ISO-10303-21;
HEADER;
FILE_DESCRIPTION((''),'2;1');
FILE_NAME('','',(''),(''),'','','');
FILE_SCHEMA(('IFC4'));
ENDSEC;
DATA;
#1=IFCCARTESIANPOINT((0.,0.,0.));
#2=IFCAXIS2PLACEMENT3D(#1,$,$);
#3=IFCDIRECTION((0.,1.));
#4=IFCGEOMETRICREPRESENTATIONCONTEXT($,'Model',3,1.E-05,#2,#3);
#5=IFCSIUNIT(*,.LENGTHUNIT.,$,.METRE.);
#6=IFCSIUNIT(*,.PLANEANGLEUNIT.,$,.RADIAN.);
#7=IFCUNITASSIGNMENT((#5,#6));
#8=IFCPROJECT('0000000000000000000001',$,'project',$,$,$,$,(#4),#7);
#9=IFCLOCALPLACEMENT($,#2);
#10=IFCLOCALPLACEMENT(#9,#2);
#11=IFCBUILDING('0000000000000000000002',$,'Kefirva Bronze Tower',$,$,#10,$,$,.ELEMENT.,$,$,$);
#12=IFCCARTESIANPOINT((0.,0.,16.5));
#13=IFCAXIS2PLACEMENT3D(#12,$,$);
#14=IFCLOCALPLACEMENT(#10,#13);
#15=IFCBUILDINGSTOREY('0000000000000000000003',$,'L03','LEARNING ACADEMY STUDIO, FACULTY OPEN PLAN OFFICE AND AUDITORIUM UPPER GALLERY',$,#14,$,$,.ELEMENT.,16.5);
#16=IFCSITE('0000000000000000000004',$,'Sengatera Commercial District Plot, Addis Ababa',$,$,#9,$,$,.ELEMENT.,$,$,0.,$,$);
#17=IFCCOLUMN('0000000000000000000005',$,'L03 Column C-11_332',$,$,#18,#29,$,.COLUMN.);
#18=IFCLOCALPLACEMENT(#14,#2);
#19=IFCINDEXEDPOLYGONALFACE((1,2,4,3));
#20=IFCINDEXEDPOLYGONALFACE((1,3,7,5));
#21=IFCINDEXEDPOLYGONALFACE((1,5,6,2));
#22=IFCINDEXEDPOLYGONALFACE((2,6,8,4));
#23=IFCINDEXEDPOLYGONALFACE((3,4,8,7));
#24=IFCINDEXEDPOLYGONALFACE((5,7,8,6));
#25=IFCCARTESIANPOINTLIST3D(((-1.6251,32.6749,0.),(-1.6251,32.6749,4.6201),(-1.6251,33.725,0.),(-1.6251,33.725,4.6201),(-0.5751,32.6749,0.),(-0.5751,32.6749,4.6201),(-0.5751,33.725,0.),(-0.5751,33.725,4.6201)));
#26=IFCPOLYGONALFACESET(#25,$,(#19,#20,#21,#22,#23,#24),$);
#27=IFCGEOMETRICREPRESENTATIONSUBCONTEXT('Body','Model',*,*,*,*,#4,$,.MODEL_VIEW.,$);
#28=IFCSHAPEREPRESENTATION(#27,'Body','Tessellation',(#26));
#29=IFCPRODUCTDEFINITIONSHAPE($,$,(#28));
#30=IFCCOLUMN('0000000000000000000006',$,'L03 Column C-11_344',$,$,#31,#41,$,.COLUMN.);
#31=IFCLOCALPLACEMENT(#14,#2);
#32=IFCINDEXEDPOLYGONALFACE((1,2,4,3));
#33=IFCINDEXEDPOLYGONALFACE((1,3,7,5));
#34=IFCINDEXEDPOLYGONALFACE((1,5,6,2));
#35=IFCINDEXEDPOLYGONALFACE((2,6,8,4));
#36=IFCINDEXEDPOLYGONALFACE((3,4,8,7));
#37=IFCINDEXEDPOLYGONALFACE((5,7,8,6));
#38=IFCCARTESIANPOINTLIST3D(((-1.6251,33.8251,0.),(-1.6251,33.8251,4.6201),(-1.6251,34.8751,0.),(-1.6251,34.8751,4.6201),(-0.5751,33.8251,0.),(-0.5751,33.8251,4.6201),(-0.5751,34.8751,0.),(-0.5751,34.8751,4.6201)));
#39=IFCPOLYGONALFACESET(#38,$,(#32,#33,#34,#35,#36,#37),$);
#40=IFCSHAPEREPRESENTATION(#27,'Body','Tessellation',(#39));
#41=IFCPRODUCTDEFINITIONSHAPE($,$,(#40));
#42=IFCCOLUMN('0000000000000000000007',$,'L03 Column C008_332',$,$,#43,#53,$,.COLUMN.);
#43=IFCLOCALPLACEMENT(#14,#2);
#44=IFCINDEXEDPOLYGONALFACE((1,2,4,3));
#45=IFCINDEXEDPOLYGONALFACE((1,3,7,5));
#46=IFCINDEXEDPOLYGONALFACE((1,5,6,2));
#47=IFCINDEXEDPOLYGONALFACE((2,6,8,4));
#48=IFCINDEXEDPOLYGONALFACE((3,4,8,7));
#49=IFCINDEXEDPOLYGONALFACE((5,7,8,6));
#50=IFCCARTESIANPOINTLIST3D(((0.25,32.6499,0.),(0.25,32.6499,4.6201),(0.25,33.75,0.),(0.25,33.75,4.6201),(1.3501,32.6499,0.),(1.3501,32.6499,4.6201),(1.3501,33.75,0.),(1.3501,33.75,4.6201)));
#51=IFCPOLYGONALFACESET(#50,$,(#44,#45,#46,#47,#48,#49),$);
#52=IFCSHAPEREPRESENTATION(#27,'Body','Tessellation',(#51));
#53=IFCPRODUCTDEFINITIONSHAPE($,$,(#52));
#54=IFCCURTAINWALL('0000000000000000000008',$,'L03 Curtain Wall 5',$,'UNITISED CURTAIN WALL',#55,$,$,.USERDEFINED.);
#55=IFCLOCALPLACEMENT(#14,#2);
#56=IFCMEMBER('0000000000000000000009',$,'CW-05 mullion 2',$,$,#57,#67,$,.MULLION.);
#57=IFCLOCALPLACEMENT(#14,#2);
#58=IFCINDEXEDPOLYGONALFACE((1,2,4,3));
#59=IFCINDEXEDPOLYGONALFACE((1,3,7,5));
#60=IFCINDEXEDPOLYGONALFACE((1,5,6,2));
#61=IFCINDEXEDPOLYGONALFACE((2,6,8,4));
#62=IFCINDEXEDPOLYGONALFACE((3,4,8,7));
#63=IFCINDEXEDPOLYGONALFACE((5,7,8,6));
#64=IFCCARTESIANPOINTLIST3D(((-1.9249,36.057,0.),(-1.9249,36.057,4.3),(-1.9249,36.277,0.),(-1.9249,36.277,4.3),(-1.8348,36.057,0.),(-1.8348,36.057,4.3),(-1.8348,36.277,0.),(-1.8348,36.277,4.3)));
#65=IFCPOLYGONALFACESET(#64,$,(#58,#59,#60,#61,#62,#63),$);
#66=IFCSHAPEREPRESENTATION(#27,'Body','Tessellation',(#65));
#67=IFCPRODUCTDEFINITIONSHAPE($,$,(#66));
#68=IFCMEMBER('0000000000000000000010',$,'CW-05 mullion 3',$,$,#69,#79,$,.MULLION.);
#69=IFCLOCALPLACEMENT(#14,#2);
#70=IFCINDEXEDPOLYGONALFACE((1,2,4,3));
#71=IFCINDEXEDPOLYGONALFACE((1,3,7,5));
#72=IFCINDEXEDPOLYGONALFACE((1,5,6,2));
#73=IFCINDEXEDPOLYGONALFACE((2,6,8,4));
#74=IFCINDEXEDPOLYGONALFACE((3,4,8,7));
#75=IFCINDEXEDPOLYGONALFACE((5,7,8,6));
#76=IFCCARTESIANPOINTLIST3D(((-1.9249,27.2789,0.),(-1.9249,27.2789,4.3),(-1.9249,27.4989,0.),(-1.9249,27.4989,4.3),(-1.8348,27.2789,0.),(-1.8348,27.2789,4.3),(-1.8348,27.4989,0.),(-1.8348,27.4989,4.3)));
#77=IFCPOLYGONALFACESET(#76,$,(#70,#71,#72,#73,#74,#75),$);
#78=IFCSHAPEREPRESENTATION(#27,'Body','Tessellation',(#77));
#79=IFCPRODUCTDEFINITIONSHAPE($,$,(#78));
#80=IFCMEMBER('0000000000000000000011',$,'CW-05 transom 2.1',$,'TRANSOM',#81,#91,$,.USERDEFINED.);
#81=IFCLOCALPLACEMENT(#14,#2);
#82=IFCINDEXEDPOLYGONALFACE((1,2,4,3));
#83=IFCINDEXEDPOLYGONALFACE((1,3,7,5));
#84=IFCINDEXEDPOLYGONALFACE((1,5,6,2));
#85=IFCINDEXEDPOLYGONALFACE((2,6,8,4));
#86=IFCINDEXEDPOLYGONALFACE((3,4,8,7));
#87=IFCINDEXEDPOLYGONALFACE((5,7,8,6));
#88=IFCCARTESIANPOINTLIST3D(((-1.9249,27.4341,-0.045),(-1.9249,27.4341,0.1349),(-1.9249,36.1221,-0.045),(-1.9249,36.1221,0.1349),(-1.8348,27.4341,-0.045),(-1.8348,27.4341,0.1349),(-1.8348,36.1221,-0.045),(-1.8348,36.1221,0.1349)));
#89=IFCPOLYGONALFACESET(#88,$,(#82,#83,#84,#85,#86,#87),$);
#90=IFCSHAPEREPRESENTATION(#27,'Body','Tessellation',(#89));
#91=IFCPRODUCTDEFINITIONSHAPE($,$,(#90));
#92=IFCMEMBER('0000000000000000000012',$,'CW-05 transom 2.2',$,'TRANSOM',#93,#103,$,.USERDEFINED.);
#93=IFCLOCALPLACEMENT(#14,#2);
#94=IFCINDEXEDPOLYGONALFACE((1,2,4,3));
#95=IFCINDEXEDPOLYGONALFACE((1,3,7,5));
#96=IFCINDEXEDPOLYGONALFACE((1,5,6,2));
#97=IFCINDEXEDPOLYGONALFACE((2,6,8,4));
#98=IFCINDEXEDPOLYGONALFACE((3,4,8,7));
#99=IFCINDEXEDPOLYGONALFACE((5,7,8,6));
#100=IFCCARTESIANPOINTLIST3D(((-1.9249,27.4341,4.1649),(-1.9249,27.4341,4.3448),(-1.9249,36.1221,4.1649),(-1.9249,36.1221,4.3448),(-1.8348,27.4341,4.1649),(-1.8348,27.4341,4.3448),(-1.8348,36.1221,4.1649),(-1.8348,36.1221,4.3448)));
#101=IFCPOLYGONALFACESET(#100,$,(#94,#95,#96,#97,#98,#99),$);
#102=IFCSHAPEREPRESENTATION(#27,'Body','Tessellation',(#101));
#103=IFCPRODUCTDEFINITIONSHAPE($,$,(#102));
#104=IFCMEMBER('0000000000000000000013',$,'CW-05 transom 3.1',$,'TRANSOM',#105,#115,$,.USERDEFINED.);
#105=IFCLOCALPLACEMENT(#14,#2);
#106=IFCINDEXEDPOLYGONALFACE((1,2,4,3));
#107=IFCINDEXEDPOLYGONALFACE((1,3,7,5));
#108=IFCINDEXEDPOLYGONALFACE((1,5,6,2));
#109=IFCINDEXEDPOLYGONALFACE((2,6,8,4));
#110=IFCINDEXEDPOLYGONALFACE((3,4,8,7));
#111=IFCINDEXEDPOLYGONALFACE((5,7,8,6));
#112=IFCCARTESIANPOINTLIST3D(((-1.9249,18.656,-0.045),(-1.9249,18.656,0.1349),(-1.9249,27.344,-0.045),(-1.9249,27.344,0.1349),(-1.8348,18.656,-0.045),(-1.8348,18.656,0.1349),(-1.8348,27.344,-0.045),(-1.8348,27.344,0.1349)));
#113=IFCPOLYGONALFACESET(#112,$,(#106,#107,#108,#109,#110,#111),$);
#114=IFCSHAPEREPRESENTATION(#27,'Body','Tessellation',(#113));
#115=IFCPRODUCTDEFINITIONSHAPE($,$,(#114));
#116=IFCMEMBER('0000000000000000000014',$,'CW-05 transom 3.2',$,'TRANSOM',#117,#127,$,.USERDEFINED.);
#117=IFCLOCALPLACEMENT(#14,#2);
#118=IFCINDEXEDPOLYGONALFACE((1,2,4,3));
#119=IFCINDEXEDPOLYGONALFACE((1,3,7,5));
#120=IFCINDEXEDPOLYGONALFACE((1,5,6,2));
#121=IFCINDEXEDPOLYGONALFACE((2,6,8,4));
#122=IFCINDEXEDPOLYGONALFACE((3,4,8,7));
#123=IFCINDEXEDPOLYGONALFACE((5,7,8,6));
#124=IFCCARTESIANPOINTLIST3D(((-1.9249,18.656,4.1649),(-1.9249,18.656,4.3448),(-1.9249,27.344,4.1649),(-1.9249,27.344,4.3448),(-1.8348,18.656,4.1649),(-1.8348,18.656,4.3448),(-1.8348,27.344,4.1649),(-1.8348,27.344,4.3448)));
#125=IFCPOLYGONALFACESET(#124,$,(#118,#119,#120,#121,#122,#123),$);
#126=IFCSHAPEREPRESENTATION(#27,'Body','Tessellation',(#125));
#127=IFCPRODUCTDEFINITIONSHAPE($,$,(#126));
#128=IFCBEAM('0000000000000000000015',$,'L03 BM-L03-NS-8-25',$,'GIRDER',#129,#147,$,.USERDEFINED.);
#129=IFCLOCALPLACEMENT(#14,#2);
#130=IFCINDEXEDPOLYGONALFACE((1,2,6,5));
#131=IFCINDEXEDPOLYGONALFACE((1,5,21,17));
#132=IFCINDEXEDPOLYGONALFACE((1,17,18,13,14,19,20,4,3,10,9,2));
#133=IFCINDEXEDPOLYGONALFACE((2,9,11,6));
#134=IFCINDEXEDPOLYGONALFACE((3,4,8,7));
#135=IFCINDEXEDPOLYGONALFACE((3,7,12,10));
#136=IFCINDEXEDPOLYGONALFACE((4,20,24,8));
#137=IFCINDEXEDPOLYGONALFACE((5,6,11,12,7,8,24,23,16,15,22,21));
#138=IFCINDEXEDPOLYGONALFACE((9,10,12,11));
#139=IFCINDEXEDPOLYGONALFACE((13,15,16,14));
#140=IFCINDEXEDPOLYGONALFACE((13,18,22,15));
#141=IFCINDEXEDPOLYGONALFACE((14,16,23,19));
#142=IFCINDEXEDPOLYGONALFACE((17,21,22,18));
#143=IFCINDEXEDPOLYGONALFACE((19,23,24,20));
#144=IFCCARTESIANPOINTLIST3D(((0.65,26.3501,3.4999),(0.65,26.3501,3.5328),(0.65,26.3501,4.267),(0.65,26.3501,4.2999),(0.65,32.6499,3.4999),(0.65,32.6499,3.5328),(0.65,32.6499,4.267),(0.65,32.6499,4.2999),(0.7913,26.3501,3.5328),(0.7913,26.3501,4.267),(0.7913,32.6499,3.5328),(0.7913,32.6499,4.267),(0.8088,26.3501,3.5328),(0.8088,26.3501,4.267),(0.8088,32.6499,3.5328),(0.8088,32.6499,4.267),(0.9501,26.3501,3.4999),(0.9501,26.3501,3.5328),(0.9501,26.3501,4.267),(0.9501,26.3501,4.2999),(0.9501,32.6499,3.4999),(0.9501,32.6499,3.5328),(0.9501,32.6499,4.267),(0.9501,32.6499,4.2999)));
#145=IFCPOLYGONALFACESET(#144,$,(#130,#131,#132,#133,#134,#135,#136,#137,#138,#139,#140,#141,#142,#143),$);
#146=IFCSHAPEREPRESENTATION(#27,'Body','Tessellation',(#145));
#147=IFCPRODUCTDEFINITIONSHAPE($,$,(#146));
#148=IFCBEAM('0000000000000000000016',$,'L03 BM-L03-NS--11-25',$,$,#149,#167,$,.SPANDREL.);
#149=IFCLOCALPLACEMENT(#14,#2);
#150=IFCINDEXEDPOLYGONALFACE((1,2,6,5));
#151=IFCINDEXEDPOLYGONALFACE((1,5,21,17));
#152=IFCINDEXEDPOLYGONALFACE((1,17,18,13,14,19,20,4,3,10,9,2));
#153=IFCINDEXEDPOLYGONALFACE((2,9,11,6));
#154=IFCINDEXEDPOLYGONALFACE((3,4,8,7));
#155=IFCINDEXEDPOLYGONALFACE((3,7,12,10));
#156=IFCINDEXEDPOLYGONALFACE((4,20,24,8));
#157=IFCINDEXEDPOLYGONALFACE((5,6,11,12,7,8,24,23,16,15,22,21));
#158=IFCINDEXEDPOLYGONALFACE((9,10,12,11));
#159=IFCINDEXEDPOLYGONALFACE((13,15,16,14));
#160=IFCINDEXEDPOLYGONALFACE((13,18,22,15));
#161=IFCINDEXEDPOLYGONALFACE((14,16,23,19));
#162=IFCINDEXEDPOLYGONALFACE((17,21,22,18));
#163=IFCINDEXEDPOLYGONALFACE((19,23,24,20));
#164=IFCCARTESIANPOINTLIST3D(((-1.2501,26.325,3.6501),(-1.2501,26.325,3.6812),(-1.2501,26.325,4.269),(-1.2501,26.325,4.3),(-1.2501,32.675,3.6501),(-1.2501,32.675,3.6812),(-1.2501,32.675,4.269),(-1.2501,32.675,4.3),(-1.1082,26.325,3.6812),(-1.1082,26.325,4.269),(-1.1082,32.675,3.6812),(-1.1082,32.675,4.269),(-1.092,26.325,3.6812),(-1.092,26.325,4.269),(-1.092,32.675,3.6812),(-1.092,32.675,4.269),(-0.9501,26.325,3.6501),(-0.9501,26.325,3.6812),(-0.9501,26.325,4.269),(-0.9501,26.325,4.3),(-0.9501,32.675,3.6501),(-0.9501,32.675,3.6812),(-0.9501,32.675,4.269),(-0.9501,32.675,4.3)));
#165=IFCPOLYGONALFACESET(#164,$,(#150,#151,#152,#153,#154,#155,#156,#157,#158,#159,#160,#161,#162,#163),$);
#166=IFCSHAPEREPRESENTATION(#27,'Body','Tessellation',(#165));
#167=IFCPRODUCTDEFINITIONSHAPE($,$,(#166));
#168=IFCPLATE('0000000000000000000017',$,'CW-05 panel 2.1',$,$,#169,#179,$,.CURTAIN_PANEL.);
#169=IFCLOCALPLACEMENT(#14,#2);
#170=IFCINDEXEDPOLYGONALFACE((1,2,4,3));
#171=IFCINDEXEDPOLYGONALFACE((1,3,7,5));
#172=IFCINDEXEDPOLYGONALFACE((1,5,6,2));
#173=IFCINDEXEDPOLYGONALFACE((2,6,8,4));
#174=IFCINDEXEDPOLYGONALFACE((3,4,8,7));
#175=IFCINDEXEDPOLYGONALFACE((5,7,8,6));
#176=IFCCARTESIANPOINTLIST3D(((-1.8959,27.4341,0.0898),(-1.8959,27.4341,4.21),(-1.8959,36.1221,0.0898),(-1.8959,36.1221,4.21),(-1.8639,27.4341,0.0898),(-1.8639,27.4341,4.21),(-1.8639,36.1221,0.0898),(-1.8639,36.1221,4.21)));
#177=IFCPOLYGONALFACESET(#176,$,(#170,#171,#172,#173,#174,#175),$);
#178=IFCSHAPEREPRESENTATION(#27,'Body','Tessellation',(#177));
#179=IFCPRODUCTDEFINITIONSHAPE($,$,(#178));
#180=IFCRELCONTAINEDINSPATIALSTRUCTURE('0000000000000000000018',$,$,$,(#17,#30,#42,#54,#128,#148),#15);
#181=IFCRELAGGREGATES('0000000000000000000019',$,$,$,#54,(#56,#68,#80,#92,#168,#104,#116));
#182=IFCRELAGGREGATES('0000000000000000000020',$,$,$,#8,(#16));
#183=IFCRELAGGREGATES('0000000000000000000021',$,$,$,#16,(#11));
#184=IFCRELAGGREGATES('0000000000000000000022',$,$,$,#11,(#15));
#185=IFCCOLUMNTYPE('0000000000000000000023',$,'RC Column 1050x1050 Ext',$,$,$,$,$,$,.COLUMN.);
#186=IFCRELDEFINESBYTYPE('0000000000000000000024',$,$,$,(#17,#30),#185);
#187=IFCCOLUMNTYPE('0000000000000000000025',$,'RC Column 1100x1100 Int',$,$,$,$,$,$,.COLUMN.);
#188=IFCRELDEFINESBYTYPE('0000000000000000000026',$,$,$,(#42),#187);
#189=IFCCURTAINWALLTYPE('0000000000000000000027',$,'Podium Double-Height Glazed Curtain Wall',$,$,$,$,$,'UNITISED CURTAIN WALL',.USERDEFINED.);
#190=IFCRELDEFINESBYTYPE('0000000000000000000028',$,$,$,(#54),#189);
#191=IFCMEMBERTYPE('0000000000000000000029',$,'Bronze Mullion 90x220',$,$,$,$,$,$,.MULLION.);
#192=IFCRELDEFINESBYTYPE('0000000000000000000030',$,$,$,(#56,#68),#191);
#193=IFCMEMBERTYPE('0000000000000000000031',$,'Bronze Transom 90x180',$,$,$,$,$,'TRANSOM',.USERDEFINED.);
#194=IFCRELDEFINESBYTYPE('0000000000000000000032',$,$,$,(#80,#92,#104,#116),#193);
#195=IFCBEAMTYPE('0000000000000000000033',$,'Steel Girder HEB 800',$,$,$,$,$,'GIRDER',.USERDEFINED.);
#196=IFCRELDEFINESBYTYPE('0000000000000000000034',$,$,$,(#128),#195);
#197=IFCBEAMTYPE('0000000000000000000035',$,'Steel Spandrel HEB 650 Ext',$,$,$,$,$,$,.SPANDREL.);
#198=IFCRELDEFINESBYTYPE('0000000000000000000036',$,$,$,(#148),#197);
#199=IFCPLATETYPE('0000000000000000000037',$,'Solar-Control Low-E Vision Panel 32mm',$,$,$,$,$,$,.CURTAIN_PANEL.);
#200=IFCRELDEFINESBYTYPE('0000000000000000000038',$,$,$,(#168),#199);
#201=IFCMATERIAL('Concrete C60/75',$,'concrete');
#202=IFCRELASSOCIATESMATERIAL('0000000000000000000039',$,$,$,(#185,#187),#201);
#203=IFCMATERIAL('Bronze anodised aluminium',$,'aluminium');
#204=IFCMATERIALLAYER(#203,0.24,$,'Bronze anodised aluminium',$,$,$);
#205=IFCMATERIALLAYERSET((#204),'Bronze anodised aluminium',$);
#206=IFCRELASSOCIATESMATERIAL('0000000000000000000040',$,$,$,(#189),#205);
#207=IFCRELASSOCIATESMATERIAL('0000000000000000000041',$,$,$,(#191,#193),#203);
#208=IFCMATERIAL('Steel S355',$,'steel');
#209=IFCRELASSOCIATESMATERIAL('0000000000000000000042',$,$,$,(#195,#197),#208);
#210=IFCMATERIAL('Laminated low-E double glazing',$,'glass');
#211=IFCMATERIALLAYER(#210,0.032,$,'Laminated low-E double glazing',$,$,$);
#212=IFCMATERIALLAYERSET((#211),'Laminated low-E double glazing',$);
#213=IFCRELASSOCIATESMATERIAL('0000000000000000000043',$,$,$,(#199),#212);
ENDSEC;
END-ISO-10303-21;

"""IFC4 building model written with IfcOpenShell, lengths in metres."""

from ifc_helpers import new_model, si_unit, direction, frame, origin, origin_2d, place, context, subcontext, project, spatial, rectangle, i_section, extrude, material, layer, layer_set, material_profile, profile_set, type_object, element, aggregate, save


model = new_model("IFC4")

# Units and contexts
model_context = context("Model", 3, precision=1e-05, world=origin(), true_north=direction((0.0, 1.0)))
body_context = subcontext(model_context, "Body", "Model", "MODEL_VIEW")
ifc_project = project(units=[si_unit("LENGTHUNIT", "METRE"), si_unit("PLANEANGLEUNIT", "RADIAN")], contexts=[model_context])

# Site, building, storey
site_placement = place(None, origin())
site = spatial("IfcSite", under=ifc_project, at=site_placement, Name="Sengatera Commercial District Plot, Addis Ababa", CompositionType="ELEMENT", RefElevation=0.0)
building_placement = place(site_placement, origin())
building = spatial("IfcBuilding", under=site, at=building_placement, Name="Kefirva Bronze Tower", CompositionType="ELEMENT")
storey_placement = place(building_placement, frame((0.0, 0.0, 16.5)))
storey = spatial("IfcBuildingStorey", under=building, at=storey_placement, Name="L03", Description="LEARNING ACADEMY STUDIO, FACULTY OPEN PLAN OFFICE AND AUDITORIUM UPPER GALLERY", CompositionType="ELEMENT", Elevation=16.5)

# Columns
ifc_material_1 = material(Name="Concrete C60/75", Category="concrete")
ifc_material_profile_1 = material_profile(ifc_material_1, rectangle(XDim=1.05, YDim=1.05, at=origin_2d()), Name="RC 1050x1050")
ifc_profile_set_1 = profile_set([ifc_material_profile_1], Name="Concrete C60/75")
column_type_1 = type_object("IfcColumnType", Name="RC Column 1050x1050 Ext", PredefinedType="COLUMN", material=ifc_profile_set_1)
for number, where, z_axis, x_axis, name in (
    (1, (-1.1001, 33.2, 0.0), (0.0, 0.0, 1.0), (1.0, 0.0, 0.0), "L03 Column C-11_332"),
    (2, (-1.1001, 34.3501, 0.0), (0.0, 0.0, 1.0), (1.0, 0.0, 0.0), "L03 Column C-11_344"),
):
    element("IfcColumn", number, at=place(storey_placement, frame(where, z_axis=z_axis, x_axis=x_axis)), inside=storey, type_object=column_type_1, Name=name, PredefinedType="COLUMN", context=body_context, shape_type="SweptSolid", body=[
        extrude(rectangle(XDim=1.05, YDim=1.05, at=origin_2d()), origin(), (0.0, 0.0, 1.0), 4.6201),
    ])
ifc_material_profile_2 = material_profile(ifc_material_1, rectangle(XDim=1.1001, YDim=1.1001, at=origin_2d()), Name="RC 1100x1100")
ifc_profile_set_2 = profile_set([ifc_material_profile_2], Name="Concrete C60/75")
column_type_2 = type_object("IfcColumnType", Name="RC Column 1100x1100 Int", PredefinedType="COLUMN", material=ifc_profile_set_2)
column_placement = place(storey_placement, frame((0.8, 33.2, 0.0), z_axis=(0.0, 0.0, 1.0), x_axis=(1.0, 0.0, 0.0)))
element("IfcColumn", 3, at=column_placement, inside=storey, type_object=column_type_2, Name="L03 Column C008_332", PredefinedType="COLUMN", context=body_context, shape_type="SweptSolid", body=[
    extrude(rectangle(XDim=1.1001, YDim=1.1001, at=origin_2d()), origin(), (0.0, 0.0, 1.0), 4.6201),
])

# Curtain wall, members
ifc_material_2 = material(Name="Bronze anodised aluminium", Category="aluminium")
ifc_layer_1 = layer(ifc_material_2, 0.24, Name="Bronze anodised aluminium")
ifc_layer_set_1 = layer_set([ifc_layer_1], Name="Bronze anodised aluminium")
curtain_wall_type = type_object("IfcCurtainWallType", Name="Podium Double-Height Glazed Curtain Wall", ElementType="UNITISED CURTAIN WALL", PredefinedType="USERDEFINED", material=ifc_layer_set_1)
curtain_wall_placement = place(storey_placement, origin())
curtain_wall = element("IfcCurtainWall", 4, at=curtain_wall_placement, inside=storey, type_object=curtain_wall_type, Name="L03 Curtain Wall 5", ObjectType="UNITISED CURTAIN WALL", PredefinedType="USERDEFINED")
ifc_material_profile_3 = material_profile(ifc_material_2, rectangle(XDim=0.0901, YDim=0.22, at=origin_2d()), Name="ALU 90x220")
ifc_profile_set_3 = profile_set([ifc_material_profile_3], Name="Bronze anodised aluminium")
member_type_1 = type_object("IfcMemberType", Name="Bronze Mullion 90x220", PredefinedType="MULLION", material=ifc_profile_set_3)
member_1_placement = place(storey_placement, frame((-1.8799, 36.167, 0.0), z_axis=(0.0, 0.0, 1.0), x_axis=(1.0, 0.0, 0.0)))
member_1 = element("IfcMember", 5, at=member_1_placement, type_object=member_type_1, Name="CW-05 mullion 2", PredefinedType="MULLION", context=body_context, shape_type="SweptSolid", body=[
    extrude(rectangle(XDim=0.0901, YDim=0.22, at=origin_2d()), origin(), (0.0, 0.0, 1.0), 4.3),
])
member_2_placement = place(storey_placement, frame((-1.8799, 27.3889, 0.0), z_axis=(0.0, 0.0, 1.0), x_axis=(1.0, 0.0, 0.0)))
member_2 = element("IfcMember", 6, at=member_2_placement, type_object=member_type_1, Name="CW-05 mullion 3", PredefinedType="MULLION", context=body_context, shape_type="SweptSolid", body=[
    extrude(rectangle(XDim=0.0901, YDim=0.22, at=origin_2d()), origin(), (0.0, 0.0, 1.0), 4.3),
])
ifc_material_profile_4 = material_profile(ifc_material_2, rectangle(XDim=0.0901, YDim=0.1799, at=origin_2d()), Name="ALU 90x180")
ifc_profile_set_4 = profile_set([ifc_material_profile_4], Name="Bronze anodised aluminium")
member_type_2 = type_object("IfcMemberType", Name="Bronze Transom 90x180", ElementType="TRANSOM", PredefinedType="USERDEFINED", material=ifc_profile_set_4)
member_3_placement = place(storey_placement, frame((-1.8799, 36.1221, 0.0449), z_axis=(0.0, -1.0, 0.0), x_axis=(1.0, 0.0, 0.0)))
member_3 = element("IfcMember", 7, at=member_3_placement, type_object=member_type_2, Name="CW-05 transom 2.1", ObjectType="TRANSOM", PredefinedType="USERDEFINED", context=body_context, shape_type="SweptSolid", body=[
    extrude(rectangle(XDim=0.0901, YDim=0.1799, at=origin_2d()), origin(), (0.0, 0.0, 1.0), 8.688),
])
member_4_placement = place(storey_placement, frame((-1.8799, 36.1221, 4.2549), z_axis=(0.0, -1.0, 0.0), x_axis=(1.0, 0.0, 0.0)))
member_4 = element("IfcMember", 8, at=member_4_placement, type_object=member_type_2, Name="CW-05 transom 2.2", ObjectType="TRANSOM", PredefinedType="USERDEFINED", context=body_context, shape_type="SweptSolid", body=[
    extrude(rectangle(XDim=0.0901, YDim=0.1799, at=origin_2d()), origin(), (0.0, 0.0, 1.0), 8.688),
])
member_5_placement = place(storey_placement, frame((-1.8799, 27.344, 0.0449), z_axis=(0.0, -1.0, 0.0), x_axis=(1.0, 0.0, 0.0)))
member_5 = element("IfcMember", 9, at=member_5_placement, type_object=member_type_2, Name="CW-05 transom 3.1", ObjectType="TRANSOM", PredefinedType="USERDEFINED", context=body_context, shape_type="SweptSolid", body=[
    extrude(rectangle(XDim=0.0901, YDim=0.1799, at=origin_2d()), origin(), (0.0, 0.0, 1.0), 8.688),
])
member_6_placement = place(storey_placement, frame((-1.8799, 27.344, 4.2549), z_axis=(0.0, -1.0, 0.0), x_axis=(1.0, 0.0, 0.0)))
member_6 = element("IfcMember", 10, at=member_6_placement, type_object=member_type_2, Name="CW-05 transom 3.2", ObjectType="TRANSOM", PredefinedType="USERDEFINED", context=body_context, shape_type="SweptSolid", body=[
    extrude(rectangle(XDim=0.0901, YDim=0.1799, at=origin_2d()), origin(), (0.0, 0.0, 1.0), 8.688),
])

# Beams
ifc_material_3 = material(Name="Steel S355", Category="steel")
ifc_material_profile_5 = material_profile(ifc_material_3, i_section(OverallWidth=0.3, OverallDepth=0.8, WebThickness=0.0176, FlangeThickness=0.033, at=origin_2d()), Name="HEB 800")
ifc_profile_set_5 = profile_set([ifc_material_profile_5], Name="Steel S355")
beam_type_1 = type_object("IfcBeamType", Name="Steel Girder HEB 800", ElementType="GIRDER", PredefinedType="USERDEFINED", material=ifc_profile_set_5)
beam_1_placement = place(storey_placement, frame((0.8, 26.3501, 3.8999), z_axis=(0.0, 1.0, 0.0), x_axis=(-1.0, 0.0, 0.0)))
element("IfcBeam", 11, at=beam_1_placement, inside=storey, type_object=beam_type_1, Name="L03 BM-L03-NS-8-25", ObjectType="GIRDER", PredefinedType="USERDEFINED", context=body_context, shape_type="SweptSolid", body=[
    extrude(i_section(OverallWidth=0.3, OverallDepth=0.8, WebThickness=0.0176, FlangeThickness=0.033, at=origin_2d()), origin(), (0.0, 0.0, 1.0), 6.2998),
])
ifc_material_profile_6 = material_profile(ifc_material_3, i_section(OverallWidth=0.3, OverallDepth=0.6499, WebThickness=0.0161, FlangeThickness=0.031, at=origin_2d()), Name="HEB 650")
ifc_profile_set_6 = profile_set([ifc_material_profile_6], Name="Steel S355")
beam_type_2 = type_object("IfcBeamType", Name="Steel Spandrel HEB 650 Ext", PredefinedType="SPANDREL", material=ifc_profile_set_6)
beam_2_placement = place(storey_placement, frame((-1.1001, 26.325, 3.9751), z_axis=(0.0, 1.0, 0.0), x_axis=(-1.0, 0.0, 0.0)))
element("IfcBeam", 12, at=beam_2_placement, inside=storey, type_object=beam_type_2, Name="L03 BM-L03-NS--11-25", PredefinedType="SPANDREL", context=body_context, shape_type="SweptSolid", body=[
    extrude(i_section(OverallWidth=0.3, OverallDepth=0.6499, WebThickness=0.0161, FlangeThickness=0.031, at=origin_2d()), origin(), (0.0, 0.0, 1.0), 6.3501),
])

# Plate
ifc_material_4 = material(Name="Laminated low-E double glazing", Category="glass")
ifc_layer_2 = layer(ifc_material_4, 0.032, Name="Laminated low-E double glazing")
ifc_layer_set_2 = layer_set([ifc_layer_2], Name="Laminated low-E double glazing")
plate_type = type_object("IfcPlateType", Name="Solar-Control Low-E Vision Panel 32mm", PredefinedType="CURTAIN_PANEL", material=ifc_layer_set_2)
plate_placement = place(storey_placement, frame((-1.8799, 31.7781, 0.0898), z_axis=(0.0, 0.0, 1.0), x_axis=(0.0, -1.0, 0.0)))
plate = element("IfcPlate", 13, at=plate_placement, type_object=plate_type, Name="CW-05 panel 2.1", PredefinedType="CURTAIN_PANEL", context=body_context, shape_type="SweptSolid", body=[
    extrude(rectangle(XDim=8.688, YDim=0.032, at=origin_2d()), origin(), (0.0, 0.0, 1.0), 4.1201),
])
aggregate(curtain_wall, [member_1, member_2, member_3, member_4, plate, member_5, member_6])

save(model, "model.ifc")
